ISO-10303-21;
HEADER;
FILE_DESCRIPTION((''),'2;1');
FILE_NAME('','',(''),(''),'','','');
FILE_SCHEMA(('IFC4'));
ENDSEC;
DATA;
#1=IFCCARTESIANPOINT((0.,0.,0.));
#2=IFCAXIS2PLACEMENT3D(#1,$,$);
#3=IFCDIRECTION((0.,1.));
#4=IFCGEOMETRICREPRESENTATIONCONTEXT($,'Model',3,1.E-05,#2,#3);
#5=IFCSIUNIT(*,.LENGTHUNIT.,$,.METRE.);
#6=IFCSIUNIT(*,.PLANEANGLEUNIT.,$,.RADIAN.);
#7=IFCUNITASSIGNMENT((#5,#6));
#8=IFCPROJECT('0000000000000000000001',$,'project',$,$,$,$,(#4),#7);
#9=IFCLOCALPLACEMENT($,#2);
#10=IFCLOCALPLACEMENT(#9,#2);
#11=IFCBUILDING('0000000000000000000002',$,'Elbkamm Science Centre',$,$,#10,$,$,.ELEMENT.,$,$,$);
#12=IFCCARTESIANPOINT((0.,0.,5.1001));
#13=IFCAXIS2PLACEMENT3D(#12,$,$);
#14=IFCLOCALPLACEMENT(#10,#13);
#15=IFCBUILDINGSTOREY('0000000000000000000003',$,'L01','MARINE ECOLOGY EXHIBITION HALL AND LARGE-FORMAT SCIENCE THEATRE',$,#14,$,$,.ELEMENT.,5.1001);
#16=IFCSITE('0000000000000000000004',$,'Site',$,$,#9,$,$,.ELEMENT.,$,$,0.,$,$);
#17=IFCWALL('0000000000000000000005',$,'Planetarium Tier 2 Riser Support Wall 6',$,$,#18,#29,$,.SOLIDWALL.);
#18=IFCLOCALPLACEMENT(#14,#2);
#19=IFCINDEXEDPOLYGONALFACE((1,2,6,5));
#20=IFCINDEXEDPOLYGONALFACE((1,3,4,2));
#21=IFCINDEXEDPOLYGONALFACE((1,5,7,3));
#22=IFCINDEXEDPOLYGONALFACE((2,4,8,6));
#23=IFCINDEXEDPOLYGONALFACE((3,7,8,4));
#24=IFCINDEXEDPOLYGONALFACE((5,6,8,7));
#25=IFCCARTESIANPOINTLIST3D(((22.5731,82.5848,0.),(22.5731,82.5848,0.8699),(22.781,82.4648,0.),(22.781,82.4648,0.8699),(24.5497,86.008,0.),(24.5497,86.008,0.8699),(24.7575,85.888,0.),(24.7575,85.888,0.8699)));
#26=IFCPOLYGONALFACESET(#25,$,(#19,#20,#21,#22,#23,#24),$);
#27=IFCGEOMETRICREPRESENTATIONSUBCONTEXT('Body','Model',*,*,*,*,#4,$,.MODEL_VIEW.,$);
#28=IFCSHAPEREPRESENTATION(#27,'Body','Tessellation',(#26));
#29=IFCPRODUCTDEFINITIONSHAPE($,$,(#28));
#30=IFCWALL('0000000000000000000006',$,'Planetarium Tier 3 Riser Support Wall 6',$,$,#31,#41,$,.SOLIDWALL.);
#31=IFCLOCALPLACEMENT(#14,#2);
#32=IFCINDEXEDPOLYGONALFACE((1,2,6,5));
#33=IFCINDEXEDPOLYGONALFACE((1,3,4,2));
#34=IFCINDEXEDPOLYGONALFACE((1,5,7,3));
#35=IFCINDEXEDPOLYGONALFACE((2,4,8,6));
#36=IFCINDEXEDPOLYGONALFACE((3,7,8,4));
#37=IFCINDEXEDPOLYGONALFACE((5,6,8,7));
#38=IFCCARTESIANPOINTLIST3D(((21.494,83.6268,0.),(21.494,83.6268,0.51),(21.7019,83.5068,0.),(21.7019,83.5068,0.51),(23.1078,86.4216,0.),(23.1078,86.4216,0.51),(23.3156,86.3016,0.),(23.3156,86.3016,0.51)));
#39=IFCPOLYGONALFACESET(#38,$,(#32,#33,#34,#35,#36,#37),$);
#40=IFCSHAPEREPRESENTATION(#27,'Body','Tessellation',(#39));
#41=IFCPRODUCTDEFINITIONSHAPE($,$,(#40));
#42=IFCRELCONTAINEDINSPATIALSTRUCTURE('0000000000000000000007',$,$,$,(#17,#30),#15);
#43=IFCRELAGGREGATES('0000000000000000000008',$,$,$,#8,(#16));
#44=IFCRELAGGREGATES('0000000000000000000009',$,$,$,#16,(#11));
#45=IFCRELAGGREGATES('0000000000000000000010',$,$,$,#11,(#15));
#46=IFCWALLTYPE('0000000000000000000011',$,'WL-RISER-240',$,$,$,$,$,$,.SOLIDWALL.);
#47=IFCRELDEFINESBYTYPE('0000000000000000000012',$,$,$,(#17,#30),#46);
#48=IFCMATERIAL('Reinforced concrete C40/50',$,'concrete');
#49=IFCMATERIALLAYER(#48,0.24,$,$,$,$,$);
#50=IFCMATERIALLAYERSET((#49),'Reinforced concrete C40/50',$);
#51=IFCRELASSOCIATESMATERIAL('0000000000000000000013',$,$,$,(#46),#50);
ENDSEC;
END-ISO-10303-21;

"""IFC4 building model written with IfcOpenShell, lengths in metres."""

from ifc_helpers import new_model, si_unit, direction, frame, frame_2d, origin, place, context, subcontext, project, spatial, rectangle, extrude, material, layer, layer_set, type_object, element, save


model = new_model("IFC4")

# Units and contexts
model_context = context("Model", 3, precision=1e-05, world=origin(), true_north=direction((0.0, 1.0)))
body_context = subcontext(model_context, "Body", "Model", "MODEL_VIEW")
ifc_project = project(units=[si_unit("LENGTHUNIT", "METRE"), si_unit("PLANEANGLEUNIT", "RADIAN")], contexts=[model_context])

# Site, building, storey
site_placement = place(None, origin())
site = spatial("IfcSite", under=ifc_project, at=site_placement, Name="Site", CompositionType="ELEMENT", RefElevation=0.0)
building_placement = place(site_placement, origin())
building = spatial("IfcBuilding", under=site, at=building_placement, Name="Elbkamm Science Centre", CompositionType="ELEMENT")
storey_placement = place(building_placement, frame((0.0, 0.0, 5.1001)))
storey = spatial("IfcBuildingStorey", under=building, at=storey_placement, Name="L01", Description="MARINE ECOLOGY EXHIBITION HALL AND LARGE-FORMAT SCIENCE THEATRE", CompositionType="ELEMENT", Elevation=5.1001)

# Shared definitions
ifc_material_1 = material(Name="Reinforced concrete C40/50", Category="concrete")

# Walls
ifc_layer_1 = layer(ifc_material_1, 0.24)
ifc_layer_set_1 = layer_set([ifc_layer_1], Name="Reinforced concrete C40/50")
wall_type_1 = type_object("IfcWallType", Name="WL-RISER-240", PredefinedType="SOLIDWALL", material=ifc_layer_set_1)
wall_1_placement = place(storey_placement, frame((22.677, 82.5247, 0.0), z_axis=(0.0, 0.0, 1.0), x_axis=(0.500018, 0.866015, 0.0)))
element("IfcWall", 1, at=wall_1_placement, inside=storey, type_object=wall_type_1, Name="Planetarium Tier 2 Riser Support Wall 6", PredefinedType="SOLIDWALL", context=body_context, shape_type="SweptSolid", body=[
    extrude(rectangle(XDim=3.9529, YDim=0.24, at=frame_2d((1.9766, 0.0))), origin(), (0.0, 0.0, 1.0), 0.8699),
])
wall_2_placement = place(storey_placement, frame((21.5979, 83.5667, 0.0), z_axis=(0.0, 0.0, 1.0), x_axis=(0.500028, 0.866009, 0.0)))
element("IfcWall", 2, at=wall_2_placement, inside=storey, type_object=wall_type_1, Name="Planetarium Tier 3 Riser Support Wall 6", PredefinedType="SOLIDWALL", context=body_context, shape_type="SweptSolid", body=[
    extrude(rectangle(XDim=3.2273, YDim=0.24, at=frame_2d((1.6138, 0.0))), origin(), (0.0, 0.0, 1.0), 0.51),
])

save(model, "model.ifc")
